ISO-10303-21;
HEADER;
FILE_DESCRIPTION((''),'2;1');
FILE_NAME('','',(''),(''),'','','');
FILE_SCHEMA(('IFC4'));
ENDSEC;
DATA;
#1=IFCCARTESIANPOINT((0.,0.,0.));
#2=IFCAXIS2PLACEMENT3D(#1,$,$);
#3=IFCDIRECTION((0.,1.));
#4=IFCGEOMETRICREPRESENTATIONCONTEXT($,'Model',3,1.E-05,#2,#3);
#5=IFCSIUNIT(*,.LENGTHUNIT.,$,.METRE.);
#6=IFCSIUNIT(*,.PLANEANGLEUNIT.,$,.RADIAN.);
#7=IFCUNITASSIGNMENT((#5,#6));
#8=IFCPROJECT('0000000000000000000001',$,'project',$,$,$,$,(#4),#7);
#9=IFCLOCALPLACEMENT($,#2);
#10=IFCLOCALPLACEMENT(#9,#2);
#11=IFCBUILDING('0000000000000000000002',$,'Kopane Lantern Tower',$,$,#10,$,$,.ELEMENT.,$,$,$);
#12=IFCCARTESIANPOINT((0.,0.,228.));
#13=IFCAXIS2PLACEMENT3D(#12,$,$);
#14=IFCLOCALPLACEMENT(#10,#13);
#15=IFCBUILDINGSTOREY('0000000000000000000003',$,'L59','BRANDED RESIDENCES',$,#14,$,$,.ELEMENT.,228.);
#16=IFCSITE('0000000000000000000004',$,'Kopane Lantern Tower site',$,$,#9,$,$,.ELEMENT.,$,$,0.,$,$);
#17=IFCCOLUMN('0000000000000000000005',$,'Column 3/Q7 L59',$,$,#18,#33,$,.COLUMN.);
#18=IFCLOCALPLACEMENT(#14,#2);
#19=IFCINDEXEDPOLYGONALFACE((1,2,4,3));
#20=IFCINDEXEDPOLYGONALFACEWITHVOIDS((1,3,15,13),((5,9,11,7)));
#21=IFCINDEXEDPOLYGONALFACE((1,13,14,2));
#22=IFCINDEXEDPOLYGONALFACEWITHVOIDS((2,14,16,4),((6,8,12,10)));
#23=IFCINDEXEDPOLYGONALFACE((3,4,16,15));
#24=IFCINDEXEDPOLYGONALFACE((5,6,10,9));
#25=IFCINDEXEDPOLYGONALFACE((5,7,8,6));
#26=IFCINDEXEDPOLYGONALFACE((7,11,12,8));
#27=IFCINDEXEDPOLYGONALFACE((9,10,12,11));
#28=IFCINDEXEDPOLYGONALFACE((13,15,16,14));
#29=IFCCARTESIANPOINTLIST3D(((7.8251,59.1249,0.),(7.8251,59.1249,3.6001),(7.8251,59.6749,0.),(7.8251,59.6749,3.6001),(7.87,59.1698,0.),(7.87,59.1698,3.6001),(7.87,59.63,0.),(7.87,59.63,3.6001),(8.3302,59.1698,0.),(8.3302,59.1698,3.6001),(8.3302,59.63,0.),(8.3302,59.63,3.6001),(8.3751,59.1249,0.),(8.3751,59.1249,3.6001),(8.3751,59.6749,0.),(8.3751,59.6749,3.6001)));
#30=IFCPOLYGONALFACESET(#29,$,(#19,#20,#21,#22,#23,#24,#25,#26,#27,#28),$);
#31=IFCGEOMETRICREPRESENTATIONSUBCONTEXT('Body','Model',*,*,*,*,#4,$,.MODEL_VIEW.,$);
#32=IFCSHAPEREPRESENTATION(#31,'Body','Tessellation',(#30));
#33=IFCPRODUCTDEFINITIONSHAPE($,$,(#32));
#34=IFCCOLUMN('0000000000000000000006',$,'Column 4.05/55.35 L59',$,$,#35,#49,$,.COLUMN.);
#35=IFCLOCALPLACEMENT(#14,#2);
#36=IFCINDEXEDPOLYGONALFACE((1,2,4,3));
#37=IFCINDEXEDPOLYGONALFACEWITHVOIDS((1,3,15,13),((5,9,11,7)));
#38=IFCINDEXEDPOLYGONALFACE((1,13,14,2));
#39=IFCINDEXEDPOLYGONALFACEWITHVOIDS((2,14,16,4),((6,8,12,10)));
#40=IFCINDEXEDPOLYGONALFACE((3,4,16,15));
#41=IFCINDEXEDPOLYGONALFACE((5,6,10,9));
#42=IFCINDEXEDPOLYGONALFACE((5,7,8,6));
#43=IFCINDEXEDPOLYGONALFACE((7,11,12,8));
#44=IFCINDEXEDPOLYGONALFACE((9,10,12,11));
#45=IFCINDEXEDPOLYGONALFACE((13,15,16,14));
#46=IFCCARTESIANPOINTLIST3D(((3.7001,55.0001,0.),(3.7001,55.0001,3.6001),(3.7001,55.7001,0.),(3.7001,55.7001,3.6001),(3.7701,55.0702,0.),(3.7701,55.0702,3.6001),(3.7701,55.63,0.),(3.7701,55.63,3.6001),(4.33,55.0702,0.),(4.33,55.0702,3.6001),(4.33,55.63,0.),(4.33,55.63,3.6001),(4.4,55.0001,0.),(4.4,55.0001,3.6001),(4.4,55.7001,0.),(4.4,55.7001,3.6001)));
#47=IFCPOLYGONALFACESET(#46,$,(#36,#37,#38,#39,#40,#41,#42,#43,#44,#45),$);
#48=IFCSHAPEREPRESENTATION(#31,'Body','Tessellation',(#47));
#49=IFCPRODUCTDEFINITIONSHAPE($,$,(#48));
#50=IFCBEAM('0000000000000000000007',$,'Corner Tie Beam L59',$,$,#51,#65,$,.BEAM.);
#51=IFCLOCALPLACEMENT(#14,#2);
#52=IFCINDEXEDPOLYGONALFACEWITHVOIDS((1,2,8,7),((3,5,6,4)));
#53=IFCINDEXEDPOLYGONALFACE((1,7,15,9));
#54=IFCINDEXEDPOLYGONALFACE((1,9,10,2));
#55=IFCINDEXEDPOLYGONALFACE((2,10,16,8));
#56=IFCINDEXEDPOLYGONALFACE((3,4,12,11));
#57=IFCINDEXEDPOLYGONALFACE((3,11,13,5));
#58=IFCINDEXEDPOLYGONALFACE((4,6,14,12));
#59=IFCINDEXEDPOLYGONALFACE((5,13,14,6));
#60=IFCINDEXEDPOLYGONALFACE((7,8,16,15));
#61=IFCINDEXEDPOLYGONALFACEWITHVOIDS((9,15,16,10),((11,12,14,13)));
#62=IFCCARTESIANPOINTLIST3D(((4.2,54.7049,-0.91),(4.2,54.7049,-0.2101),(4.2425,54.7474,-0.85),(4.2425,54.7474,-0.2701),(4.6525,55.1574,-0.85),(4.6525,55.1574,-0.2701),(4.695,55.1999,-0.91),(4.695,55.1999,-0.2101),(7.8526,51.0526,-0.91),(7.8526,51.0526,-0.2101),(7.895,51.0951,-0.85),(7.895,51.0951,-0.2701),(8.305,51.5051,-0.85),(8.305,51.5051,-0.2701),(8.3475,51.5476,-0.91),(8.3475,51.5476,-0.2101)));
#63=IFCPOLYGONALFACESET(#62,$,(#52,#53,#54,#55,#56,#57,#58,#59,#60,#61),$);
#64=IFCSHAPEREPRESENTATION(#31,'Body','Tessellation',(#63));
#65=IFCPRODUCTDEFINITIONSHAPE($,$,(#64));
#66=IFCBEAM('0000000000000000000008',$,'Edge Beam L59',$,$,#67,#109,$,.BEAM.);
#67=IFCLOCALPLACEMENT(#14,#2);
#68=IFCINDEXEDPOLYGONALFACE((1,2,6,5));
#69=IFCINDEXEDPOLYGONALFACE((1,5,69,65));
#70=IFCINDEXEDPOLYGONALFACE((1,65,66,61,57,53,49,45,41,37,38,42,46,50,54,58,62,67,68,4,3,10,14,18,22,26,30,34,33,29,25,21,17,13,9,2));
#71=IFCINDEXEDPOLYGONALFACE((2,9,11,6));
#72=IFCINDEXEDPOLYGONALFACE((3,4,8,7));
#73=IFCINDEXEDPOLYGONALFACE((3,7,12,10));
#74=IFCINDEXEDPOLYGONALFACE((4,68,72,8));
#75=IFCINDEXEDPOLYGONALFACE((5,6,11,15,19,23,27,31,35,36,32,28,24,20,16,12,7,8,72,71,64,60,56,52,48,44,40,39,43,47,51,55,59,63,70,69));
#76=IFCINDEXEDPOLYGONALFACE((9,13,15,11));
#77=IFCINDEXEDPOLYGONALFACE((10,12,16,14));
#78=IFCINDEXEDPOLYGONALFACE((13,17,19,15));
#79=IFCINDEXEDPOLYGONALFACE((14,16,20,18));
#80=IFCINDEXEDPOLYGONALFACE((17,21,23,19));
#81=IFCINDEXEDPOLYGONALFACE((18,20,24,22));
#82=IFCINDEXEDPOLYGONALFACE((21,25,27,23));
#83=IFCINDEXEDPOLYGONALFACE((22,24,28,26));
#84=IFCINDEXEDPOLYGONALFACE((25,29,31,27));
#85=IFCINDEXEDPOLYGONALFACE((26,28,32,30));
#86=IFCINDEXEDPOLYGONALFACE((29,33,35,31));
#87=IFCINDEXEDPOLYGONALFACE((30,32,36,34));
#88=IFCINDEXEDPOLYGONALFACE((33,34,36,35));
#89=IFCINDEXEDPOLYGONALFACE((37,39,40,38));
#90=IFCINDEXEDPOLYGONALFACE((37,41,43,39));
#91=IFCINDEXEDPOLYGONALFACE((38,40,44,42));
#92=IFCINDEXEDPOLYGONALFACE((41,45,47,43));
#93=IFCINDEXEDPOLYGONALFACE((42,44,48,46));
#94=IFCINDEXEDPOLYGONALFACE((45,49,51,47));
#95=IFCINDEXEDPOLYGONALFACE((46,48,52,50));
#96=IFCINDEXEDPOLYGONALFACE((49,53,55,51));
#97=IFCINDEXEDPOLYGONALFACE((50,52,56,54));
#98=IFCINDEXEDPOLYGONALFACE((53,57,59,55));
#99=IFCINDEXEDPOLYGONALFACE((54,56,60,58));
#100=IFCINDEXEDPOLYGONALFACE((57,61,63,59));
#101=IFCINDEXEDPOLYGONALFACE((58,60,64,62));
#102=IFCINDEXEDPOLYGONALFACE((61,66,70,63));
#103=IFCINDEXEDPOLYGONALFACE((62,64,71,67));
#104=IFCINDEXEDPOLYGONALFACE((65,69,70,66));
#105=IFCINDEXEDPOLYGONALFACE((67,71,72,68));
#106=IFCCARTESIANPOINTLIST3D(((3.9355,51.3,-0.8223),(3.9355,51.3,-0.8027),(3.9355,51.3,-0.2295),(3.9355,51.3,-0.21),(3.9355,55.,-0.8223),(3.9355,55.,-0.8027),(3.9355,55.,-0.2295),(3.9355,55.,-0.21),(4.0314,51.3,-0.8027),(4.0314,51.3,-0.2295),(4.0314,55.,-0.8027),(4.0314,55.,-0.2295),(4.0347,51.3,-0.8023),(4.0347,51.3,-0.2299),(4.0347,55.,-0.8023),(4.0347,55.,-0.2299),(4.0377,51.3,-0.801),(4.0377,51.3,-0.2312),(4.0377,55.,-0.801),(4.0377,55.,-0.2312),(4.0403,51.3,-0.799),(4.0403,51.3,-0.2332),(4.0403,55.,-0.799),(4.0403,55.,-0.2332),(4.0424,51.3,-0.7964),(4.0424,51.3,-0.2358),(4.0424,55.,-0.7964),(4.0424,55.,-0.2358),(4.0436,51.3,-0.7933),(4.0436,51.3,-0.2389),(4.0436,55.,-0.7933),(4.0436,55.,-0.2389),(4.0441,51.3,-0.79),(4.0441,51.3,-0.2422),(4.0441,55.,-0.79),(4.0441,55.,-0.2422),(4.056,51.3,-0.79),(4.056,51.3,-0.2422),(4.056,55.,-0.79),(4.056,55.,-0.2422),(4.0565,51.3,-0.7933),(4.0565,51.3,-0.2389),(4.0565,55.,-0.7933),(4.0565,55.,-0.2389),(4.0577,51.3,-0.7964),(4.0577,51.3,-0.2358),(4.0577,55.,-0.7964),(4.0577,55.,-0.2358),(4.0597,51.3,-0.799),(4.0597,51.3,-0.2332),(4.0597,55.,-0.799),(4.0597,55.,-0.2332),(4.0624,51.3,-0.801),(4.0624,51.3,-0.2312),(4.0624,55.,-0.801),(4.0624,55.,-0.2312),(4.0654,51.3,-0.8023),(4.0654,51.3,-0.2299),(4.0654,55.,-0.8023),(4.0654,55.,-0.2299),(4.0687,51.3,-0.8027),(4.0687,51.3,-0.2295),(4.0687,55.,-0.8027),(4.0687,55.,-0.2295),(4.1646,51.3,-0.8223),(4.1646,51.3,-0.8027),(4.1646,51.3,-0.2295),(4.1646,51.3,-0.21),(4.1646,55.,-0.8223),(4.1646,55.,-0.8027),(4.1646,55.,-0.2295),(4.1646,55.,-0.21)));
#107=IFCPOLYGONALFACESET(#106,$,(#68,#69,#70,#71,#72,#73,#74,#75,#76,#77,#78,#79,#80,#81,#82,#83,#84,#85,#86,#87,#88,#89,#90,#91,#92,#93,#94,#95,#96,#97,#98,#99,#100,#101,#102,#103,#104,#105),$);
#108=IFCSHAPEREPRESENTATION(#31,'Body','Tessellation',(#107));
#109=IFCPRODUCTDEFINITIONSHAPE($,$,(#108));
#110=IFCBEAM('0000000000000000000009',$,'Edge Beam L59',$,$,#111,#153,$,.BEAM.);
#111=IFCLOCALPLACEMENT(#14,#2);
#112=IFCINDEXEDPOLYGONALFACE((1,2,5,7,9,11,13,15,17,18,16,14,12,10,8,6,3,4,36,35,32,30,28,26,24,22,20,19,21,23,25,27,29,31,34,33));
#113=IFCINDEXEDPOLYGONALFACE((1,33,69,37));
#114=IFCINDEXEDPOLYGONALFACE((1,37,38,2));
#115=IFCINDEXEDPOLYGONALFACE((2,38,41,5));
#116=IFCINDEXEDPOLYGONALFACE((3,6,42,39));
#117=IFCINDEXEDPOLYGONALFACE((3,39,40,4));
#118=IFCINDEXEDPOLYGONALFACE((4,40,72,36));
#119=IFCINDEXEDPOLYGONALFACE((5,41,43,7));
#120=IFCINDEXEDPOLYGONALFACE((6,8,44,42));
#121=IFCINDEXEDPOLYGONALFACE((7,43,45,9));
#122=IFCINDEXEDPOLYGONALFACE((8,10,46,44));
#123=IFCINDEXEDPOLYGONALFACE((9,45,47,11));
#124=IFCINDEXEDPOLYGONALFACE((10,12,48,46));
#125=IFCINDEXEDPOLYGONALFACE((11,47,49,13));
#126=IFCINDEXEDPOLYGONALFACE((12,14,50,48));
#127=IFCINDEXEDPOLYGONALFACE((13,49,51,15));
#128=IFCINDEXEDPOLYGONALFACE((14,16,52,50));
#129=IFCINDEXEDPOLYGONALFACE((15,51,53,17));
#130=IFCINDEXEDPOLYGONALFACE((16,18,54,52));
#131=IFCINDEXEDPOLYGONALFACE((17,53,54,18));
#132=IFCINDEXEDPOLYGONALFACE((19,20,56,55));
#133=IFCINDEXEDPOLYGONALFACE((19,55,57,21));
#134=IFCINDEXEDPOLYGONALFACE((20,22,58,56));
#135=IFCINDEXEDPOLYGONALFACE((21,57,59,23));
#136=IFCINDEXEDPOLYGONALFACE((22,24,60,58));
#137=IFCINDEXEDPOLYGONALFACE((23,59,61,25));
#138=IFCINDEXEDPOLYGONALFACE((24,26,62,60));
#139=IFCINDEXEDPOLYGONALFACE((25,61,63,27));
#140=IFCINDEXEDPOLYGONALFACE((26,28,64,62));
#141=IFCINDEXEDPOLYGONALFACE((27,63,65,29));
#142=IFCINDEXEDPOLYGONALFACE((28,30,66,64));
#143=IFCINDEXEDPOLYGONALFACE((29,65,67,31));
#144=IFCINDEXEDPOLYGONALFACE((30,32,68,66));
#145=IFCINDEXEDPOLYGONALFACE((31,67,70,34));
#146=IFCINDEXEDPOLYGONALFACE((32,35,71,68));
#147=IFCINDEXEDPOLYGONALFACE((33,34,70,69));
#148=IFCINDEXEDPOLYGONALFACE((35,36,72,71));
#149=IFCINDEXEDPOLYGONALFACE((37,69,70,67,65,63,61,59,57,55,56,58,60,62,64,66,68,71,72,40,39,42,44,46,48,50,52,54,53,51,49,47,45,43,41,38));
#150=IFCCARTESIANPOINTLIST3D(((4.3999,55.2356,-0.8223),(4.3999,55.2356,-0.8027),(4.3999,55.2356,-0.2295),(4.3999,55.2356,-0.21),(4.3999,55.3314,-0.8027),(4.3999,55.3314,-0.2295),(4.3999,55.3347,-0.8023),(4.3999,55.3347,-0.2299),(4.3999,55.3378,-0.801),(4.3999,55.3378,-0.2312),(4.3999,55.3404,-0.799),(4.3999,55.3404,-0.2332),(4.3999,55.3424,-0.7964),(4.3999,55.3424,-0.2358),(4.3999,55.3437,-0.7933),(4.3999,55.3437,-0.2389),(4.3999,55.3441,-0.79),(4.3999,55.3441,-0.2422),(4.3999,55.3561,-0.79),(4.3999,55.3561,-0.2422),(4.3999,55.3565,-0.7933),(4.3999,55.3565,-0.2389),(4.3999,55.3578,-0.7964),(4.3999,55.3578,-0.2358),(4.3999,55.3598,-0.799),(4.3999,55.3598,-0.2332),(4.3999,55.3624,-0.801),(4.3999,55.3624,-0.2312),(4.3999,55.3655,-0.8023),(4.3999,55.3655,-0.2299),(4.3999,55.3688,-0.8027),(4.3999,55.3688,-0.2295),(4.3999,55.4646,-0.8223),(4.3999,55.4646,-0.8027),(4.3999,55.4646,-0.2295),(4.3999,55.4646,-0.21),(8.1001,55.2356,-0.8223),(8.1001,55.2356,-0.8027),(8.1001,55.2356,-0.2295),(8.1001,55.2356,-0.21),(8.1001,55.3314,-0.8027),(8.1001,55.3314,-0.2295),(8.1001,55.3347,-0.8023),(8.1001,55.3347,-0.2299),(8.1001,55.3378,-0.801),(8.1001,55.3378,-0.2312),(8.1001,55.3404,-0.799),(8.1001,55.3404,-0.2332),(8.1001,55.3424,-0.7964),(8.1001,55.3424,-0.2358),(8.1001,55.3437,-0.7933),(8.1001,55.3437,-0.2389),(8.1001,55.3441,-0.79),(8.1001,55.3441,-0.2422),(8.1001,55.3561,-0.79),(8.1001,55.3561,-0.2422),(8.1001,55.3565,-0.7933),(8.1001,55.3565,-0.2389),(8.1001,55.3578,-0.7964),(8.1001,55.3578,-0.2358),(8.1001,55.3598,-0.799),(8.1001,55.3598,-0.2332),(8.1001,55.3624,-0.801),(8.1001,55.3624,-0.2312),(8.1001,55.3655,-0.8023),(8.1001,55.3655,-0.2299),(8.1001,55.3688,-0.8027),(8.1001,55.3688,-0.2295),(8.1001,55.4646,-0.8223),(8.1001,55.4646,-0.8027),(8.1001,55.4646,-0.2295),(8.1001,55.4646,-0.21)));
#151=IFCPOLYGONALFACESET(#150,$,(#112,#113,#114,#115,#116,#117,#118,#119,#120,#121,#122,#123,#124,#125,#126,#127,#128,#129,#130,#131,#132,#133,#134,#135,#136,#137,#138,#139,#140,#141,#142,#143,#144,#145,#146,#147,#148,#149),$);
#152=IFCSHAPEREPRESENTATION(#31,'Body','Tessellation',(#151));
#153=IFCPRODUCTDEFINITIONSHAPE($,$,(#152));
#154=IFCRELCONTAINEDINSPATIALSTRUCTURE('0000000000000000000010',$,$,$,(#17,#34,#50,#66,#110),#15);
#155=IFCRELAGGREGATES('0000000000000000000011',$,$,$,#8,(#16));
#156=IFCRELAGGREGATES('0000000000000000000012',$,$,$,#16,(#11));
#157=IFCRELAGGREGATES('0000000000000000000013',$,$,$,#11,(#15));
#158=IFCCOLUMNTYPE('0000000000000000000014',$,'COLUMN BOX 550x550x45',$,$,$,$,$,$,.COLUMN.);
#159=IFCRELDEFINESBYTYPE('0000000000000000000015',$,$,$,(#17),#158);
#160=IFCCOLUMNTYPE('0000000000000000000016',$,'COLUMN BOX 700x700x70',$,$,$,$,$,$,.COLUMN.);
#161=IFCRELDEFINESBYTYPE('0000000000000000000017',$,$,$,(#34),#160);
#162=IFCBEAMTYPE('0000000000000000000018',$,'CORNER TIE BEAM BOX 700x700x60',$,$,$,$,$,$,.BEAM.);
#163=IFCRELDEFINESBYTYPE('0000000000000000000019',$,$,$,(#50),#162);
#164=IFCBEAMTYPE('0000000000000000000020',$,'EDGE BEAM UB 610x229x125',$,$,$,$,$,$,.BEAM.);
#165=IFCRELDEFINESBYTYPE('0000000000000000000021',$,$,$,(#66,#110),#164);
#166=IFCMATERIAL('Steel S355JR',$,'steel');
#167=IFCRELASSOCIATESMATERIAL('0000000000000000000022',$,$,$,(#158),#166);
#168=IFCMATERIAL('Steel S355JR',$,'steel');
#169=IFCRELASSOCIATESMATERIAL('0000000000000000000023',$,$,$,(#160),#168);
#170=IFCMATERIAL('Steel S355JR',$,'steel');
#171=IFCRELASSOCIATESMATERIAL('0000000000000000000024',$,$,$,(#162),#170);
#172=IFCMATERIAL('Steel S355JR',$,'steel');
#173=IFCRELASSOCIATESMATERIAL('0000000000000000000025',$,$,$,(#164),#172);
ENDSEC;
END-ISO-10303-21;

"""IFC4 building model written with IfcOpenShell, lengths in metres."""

from ifc_helpers import new_model, si_unit, direction, frame, origin, origin_2d, place, context, subcontext, project, spatial, hollow_rectangle, i_section, extrude, material, material_profile, profile_set, type_object, element, save


model = new_model("IFC4")

# Units and contexts
model_context = context("Model", 3, precision=1e-05, world=origin(), true_north=direction((0.0, 1.0)))
body_context = subcontext(model_context, "Body", "Model", "MODEL_VIEW")
ifc_project = project(units=[si_unit("LENGTHUNIT", "METRE"), si_unit("PLANEANGLEUNIT", "RADIAN")], contexts=[model_context])

# Site, building, storey
site_placement = place(None, origin())
site = spatial("IfcSite", under=ifc_project, at=site_placement, Name="Kopane Lantern Tower site", CompositionType="ELEMENT", RefElevation=0.0)
building_placement = place(site_placement, origin())
building = spatial("IfcBuilding", under=site, at=building_placement, Name="Kopane Lantern Tower", CompositionType="ELEMENT")
storey_placement = place(building_placement, frame((0.0, 0.0, 228.0)))
storey = spatial("IfcBuildingStorey", under=building, at=storey_placement, Name="L59", Description="BRANDED RESIDENCES", CompositionType="ELEMENT", Elevation=228.0)

# Columns
ifc_material_1 = material(Name="Steel S355JR", Category="steel")
ifc_material_profile_1 = material_profile(ifc_material_1, hollow_rectangle(XDim=0.55, YDim=0.55, WallThickness=0.0449, at=origin_2d()), Name="BOX 550x550x45")
ifc_profile_set_1 = profile_set([ifc_material_profile_1], Name="Steel S355JR")
column_type_1 = type_object("IfcColumnType", Name="COLUMN BOX 550x550x45", PredefinedType="COLUMN", material=ifc_profile_set_1)
column_1_placement = place(storey_placement, frame((8.1001, 59.3999, 0.0), z_axis=(0.0, 0.0, 1.0), x_axis=(1.0, 0.0, 0.0)))
element("IfcColumn", 1, at=column_1_placement, inside=storey, type_object=column_type_1, Name="Column 3/Q7 L59", PredefinedType="COLUMN", context=body_context, shape_type="SweptSolid", body=[
    extrude(hollow_rectangle(XDim=0.55, YDim=0.55, WallThickness=0.0449, at=origin_2d()), origin(), (0.0, 0.0, 1.0), 3.6001),
])
ifc_material_2 = material(Name="Steel S355JR", Category="steel")
ifc_material_profile_2 = material_profile(ifc_material_2, hollow_rectangle(XDim=0.7, YDim=0.7, WallThickness=0.0701, at=origin_2d()), Name="BOX 700x700x70")
ifc_profile_set_2 = profile_set([ifc_material_profile_2], Name="Steel S355JR")
column_type_2 = type_object("IfcColumnType", Name="COLUMN BOX 700x700x70", PredefinedType="COLUMN", material=ifc_profile_set_2)
column_2_placement = place(storey_placement, frame((4.05, 55.3501, 0.0), z_axis=(0.0, 0.0, 1.0), x_axis=(1.0, 0.0, 0.0)))
element("IfcColumn", 2, at=column_2_placement, inside=storey, type_object=column_type_2, Name="Column 4.05/55.35 L59", PredefinedType="COLUMN", context=body_context, shape_type="SweptSolid", body=[
    extrude(hollow_rectangle(XDim=0.7, YDim=0.7, WallThickness=0.0701, at=origin_2d()), origin(), (0.0, 0.0, 1.0), 3.6001),
])

# Beams
ifc_material_3 = material(Name="Steel S355JR", Category="steel")
ifc_material_profile_3 = material_profile(ifc_material_3, hollow_rectangle(XDim=0.7, YDim=0.7, WallThickness=0.0601, at=origin_2d()), Name="BOX 700x700x60")
ifc_profile_set_3 = profile_set([ifc_material_profile_3], Name="Steel S355JR")
beam_type_1 = type_object("IfcBeamType", Name="CORNER TIE BEAM BOX 700x700x60", PredefinedType="BEAM", material=ifc_profile_set_3)
beam_1_placement = place(storey_placement, frame((4.4475, 54.9524, -0.5601), z_axis=(0.70713, -0.707083, 0.0), x_axis=(0.707083, 0.70713, 0.0)))
element("IfcBeam", 3, at=beam_1_placement, inside=storey, type_object=beam_type_1, Name="Corner Tie Beam L59", PredefinedType="BEAM", context=body_context, shape_type="SweptSolid", body=[
    extrude(hollow_rectangle(XDim=0.7, YDim=0.7, WallThickness=0.0601, at=origin_2d()), origin(), (0.0, 0.0, 1.0), 5.1653),
])
ifc_material_4 = material(Name="Steel S355JR", Category="steel")
ifc_material_profile_4 = material_profile(ifc_material_4, i_section(OverallWidth=0.229, OverallDepth=0.6123, WebThickness=0.012, FlangeThickness=0.0195, FilletRadius=0.0127, at=origin_2d()), Name="UB 610x229x125")
ifc_profile_set_4 = profile_set([ifc_material_profile_4], Name="Steel S355JR")
beam_type_2 = type_object("IfcBeamType", Name="EDGE BEAM UB 610x229x125", PredefinedType="BEAM", material=ifc_profile_set_4)
beam_2_placement = place(storey_placement, frame((4.05, 55.0, -0.5161), z_axis=(0.0, -1.0, 0.0), x_axis=(1.0, 0.0, 0.0)))
element("IfcBeam", 4, at=beam_2_placement, inside=storey, type_object=beam_type_2, Name="Edge Beam L59", PredefinedType="BEAM", context=body_context, shape_type="SweptSolid", body=[
    extrude(i_section(OverallWidth=0.229, OverallDepth=0.6123, WebThickness=0.012, FlangeThickness=0.0195, FilletRadius=0.0127, at=origin_2d()), origin(), (0.0, 0.0, 1.0), 3.7),
])
beam_3_placement = place(storey_placement, frame((4.3999, 55.3501, -0.5161), z_axis=(1.0, 0.0, 0.0), x_axis=(0.0, 1.0, 0.0)))
element("IfcBeam", 5, at=beam_3_placement, inside=storey, type_object=beam_type_2, Name="Edge Beam L59", PredefinedType="BEAM", context=body_context, shape_type="SweptSolid", body=[
    extrude(i_section(OverallWidth=0.229, OverallDepth=0.6123, WebThickness=0.012, FlangeThickness=0.0195, FilletRadius=0.0127, at=origin_2d()), origin(), (0.0, 0.0, 1.0), 3.7002),
])

save(model, "model.ifc")
